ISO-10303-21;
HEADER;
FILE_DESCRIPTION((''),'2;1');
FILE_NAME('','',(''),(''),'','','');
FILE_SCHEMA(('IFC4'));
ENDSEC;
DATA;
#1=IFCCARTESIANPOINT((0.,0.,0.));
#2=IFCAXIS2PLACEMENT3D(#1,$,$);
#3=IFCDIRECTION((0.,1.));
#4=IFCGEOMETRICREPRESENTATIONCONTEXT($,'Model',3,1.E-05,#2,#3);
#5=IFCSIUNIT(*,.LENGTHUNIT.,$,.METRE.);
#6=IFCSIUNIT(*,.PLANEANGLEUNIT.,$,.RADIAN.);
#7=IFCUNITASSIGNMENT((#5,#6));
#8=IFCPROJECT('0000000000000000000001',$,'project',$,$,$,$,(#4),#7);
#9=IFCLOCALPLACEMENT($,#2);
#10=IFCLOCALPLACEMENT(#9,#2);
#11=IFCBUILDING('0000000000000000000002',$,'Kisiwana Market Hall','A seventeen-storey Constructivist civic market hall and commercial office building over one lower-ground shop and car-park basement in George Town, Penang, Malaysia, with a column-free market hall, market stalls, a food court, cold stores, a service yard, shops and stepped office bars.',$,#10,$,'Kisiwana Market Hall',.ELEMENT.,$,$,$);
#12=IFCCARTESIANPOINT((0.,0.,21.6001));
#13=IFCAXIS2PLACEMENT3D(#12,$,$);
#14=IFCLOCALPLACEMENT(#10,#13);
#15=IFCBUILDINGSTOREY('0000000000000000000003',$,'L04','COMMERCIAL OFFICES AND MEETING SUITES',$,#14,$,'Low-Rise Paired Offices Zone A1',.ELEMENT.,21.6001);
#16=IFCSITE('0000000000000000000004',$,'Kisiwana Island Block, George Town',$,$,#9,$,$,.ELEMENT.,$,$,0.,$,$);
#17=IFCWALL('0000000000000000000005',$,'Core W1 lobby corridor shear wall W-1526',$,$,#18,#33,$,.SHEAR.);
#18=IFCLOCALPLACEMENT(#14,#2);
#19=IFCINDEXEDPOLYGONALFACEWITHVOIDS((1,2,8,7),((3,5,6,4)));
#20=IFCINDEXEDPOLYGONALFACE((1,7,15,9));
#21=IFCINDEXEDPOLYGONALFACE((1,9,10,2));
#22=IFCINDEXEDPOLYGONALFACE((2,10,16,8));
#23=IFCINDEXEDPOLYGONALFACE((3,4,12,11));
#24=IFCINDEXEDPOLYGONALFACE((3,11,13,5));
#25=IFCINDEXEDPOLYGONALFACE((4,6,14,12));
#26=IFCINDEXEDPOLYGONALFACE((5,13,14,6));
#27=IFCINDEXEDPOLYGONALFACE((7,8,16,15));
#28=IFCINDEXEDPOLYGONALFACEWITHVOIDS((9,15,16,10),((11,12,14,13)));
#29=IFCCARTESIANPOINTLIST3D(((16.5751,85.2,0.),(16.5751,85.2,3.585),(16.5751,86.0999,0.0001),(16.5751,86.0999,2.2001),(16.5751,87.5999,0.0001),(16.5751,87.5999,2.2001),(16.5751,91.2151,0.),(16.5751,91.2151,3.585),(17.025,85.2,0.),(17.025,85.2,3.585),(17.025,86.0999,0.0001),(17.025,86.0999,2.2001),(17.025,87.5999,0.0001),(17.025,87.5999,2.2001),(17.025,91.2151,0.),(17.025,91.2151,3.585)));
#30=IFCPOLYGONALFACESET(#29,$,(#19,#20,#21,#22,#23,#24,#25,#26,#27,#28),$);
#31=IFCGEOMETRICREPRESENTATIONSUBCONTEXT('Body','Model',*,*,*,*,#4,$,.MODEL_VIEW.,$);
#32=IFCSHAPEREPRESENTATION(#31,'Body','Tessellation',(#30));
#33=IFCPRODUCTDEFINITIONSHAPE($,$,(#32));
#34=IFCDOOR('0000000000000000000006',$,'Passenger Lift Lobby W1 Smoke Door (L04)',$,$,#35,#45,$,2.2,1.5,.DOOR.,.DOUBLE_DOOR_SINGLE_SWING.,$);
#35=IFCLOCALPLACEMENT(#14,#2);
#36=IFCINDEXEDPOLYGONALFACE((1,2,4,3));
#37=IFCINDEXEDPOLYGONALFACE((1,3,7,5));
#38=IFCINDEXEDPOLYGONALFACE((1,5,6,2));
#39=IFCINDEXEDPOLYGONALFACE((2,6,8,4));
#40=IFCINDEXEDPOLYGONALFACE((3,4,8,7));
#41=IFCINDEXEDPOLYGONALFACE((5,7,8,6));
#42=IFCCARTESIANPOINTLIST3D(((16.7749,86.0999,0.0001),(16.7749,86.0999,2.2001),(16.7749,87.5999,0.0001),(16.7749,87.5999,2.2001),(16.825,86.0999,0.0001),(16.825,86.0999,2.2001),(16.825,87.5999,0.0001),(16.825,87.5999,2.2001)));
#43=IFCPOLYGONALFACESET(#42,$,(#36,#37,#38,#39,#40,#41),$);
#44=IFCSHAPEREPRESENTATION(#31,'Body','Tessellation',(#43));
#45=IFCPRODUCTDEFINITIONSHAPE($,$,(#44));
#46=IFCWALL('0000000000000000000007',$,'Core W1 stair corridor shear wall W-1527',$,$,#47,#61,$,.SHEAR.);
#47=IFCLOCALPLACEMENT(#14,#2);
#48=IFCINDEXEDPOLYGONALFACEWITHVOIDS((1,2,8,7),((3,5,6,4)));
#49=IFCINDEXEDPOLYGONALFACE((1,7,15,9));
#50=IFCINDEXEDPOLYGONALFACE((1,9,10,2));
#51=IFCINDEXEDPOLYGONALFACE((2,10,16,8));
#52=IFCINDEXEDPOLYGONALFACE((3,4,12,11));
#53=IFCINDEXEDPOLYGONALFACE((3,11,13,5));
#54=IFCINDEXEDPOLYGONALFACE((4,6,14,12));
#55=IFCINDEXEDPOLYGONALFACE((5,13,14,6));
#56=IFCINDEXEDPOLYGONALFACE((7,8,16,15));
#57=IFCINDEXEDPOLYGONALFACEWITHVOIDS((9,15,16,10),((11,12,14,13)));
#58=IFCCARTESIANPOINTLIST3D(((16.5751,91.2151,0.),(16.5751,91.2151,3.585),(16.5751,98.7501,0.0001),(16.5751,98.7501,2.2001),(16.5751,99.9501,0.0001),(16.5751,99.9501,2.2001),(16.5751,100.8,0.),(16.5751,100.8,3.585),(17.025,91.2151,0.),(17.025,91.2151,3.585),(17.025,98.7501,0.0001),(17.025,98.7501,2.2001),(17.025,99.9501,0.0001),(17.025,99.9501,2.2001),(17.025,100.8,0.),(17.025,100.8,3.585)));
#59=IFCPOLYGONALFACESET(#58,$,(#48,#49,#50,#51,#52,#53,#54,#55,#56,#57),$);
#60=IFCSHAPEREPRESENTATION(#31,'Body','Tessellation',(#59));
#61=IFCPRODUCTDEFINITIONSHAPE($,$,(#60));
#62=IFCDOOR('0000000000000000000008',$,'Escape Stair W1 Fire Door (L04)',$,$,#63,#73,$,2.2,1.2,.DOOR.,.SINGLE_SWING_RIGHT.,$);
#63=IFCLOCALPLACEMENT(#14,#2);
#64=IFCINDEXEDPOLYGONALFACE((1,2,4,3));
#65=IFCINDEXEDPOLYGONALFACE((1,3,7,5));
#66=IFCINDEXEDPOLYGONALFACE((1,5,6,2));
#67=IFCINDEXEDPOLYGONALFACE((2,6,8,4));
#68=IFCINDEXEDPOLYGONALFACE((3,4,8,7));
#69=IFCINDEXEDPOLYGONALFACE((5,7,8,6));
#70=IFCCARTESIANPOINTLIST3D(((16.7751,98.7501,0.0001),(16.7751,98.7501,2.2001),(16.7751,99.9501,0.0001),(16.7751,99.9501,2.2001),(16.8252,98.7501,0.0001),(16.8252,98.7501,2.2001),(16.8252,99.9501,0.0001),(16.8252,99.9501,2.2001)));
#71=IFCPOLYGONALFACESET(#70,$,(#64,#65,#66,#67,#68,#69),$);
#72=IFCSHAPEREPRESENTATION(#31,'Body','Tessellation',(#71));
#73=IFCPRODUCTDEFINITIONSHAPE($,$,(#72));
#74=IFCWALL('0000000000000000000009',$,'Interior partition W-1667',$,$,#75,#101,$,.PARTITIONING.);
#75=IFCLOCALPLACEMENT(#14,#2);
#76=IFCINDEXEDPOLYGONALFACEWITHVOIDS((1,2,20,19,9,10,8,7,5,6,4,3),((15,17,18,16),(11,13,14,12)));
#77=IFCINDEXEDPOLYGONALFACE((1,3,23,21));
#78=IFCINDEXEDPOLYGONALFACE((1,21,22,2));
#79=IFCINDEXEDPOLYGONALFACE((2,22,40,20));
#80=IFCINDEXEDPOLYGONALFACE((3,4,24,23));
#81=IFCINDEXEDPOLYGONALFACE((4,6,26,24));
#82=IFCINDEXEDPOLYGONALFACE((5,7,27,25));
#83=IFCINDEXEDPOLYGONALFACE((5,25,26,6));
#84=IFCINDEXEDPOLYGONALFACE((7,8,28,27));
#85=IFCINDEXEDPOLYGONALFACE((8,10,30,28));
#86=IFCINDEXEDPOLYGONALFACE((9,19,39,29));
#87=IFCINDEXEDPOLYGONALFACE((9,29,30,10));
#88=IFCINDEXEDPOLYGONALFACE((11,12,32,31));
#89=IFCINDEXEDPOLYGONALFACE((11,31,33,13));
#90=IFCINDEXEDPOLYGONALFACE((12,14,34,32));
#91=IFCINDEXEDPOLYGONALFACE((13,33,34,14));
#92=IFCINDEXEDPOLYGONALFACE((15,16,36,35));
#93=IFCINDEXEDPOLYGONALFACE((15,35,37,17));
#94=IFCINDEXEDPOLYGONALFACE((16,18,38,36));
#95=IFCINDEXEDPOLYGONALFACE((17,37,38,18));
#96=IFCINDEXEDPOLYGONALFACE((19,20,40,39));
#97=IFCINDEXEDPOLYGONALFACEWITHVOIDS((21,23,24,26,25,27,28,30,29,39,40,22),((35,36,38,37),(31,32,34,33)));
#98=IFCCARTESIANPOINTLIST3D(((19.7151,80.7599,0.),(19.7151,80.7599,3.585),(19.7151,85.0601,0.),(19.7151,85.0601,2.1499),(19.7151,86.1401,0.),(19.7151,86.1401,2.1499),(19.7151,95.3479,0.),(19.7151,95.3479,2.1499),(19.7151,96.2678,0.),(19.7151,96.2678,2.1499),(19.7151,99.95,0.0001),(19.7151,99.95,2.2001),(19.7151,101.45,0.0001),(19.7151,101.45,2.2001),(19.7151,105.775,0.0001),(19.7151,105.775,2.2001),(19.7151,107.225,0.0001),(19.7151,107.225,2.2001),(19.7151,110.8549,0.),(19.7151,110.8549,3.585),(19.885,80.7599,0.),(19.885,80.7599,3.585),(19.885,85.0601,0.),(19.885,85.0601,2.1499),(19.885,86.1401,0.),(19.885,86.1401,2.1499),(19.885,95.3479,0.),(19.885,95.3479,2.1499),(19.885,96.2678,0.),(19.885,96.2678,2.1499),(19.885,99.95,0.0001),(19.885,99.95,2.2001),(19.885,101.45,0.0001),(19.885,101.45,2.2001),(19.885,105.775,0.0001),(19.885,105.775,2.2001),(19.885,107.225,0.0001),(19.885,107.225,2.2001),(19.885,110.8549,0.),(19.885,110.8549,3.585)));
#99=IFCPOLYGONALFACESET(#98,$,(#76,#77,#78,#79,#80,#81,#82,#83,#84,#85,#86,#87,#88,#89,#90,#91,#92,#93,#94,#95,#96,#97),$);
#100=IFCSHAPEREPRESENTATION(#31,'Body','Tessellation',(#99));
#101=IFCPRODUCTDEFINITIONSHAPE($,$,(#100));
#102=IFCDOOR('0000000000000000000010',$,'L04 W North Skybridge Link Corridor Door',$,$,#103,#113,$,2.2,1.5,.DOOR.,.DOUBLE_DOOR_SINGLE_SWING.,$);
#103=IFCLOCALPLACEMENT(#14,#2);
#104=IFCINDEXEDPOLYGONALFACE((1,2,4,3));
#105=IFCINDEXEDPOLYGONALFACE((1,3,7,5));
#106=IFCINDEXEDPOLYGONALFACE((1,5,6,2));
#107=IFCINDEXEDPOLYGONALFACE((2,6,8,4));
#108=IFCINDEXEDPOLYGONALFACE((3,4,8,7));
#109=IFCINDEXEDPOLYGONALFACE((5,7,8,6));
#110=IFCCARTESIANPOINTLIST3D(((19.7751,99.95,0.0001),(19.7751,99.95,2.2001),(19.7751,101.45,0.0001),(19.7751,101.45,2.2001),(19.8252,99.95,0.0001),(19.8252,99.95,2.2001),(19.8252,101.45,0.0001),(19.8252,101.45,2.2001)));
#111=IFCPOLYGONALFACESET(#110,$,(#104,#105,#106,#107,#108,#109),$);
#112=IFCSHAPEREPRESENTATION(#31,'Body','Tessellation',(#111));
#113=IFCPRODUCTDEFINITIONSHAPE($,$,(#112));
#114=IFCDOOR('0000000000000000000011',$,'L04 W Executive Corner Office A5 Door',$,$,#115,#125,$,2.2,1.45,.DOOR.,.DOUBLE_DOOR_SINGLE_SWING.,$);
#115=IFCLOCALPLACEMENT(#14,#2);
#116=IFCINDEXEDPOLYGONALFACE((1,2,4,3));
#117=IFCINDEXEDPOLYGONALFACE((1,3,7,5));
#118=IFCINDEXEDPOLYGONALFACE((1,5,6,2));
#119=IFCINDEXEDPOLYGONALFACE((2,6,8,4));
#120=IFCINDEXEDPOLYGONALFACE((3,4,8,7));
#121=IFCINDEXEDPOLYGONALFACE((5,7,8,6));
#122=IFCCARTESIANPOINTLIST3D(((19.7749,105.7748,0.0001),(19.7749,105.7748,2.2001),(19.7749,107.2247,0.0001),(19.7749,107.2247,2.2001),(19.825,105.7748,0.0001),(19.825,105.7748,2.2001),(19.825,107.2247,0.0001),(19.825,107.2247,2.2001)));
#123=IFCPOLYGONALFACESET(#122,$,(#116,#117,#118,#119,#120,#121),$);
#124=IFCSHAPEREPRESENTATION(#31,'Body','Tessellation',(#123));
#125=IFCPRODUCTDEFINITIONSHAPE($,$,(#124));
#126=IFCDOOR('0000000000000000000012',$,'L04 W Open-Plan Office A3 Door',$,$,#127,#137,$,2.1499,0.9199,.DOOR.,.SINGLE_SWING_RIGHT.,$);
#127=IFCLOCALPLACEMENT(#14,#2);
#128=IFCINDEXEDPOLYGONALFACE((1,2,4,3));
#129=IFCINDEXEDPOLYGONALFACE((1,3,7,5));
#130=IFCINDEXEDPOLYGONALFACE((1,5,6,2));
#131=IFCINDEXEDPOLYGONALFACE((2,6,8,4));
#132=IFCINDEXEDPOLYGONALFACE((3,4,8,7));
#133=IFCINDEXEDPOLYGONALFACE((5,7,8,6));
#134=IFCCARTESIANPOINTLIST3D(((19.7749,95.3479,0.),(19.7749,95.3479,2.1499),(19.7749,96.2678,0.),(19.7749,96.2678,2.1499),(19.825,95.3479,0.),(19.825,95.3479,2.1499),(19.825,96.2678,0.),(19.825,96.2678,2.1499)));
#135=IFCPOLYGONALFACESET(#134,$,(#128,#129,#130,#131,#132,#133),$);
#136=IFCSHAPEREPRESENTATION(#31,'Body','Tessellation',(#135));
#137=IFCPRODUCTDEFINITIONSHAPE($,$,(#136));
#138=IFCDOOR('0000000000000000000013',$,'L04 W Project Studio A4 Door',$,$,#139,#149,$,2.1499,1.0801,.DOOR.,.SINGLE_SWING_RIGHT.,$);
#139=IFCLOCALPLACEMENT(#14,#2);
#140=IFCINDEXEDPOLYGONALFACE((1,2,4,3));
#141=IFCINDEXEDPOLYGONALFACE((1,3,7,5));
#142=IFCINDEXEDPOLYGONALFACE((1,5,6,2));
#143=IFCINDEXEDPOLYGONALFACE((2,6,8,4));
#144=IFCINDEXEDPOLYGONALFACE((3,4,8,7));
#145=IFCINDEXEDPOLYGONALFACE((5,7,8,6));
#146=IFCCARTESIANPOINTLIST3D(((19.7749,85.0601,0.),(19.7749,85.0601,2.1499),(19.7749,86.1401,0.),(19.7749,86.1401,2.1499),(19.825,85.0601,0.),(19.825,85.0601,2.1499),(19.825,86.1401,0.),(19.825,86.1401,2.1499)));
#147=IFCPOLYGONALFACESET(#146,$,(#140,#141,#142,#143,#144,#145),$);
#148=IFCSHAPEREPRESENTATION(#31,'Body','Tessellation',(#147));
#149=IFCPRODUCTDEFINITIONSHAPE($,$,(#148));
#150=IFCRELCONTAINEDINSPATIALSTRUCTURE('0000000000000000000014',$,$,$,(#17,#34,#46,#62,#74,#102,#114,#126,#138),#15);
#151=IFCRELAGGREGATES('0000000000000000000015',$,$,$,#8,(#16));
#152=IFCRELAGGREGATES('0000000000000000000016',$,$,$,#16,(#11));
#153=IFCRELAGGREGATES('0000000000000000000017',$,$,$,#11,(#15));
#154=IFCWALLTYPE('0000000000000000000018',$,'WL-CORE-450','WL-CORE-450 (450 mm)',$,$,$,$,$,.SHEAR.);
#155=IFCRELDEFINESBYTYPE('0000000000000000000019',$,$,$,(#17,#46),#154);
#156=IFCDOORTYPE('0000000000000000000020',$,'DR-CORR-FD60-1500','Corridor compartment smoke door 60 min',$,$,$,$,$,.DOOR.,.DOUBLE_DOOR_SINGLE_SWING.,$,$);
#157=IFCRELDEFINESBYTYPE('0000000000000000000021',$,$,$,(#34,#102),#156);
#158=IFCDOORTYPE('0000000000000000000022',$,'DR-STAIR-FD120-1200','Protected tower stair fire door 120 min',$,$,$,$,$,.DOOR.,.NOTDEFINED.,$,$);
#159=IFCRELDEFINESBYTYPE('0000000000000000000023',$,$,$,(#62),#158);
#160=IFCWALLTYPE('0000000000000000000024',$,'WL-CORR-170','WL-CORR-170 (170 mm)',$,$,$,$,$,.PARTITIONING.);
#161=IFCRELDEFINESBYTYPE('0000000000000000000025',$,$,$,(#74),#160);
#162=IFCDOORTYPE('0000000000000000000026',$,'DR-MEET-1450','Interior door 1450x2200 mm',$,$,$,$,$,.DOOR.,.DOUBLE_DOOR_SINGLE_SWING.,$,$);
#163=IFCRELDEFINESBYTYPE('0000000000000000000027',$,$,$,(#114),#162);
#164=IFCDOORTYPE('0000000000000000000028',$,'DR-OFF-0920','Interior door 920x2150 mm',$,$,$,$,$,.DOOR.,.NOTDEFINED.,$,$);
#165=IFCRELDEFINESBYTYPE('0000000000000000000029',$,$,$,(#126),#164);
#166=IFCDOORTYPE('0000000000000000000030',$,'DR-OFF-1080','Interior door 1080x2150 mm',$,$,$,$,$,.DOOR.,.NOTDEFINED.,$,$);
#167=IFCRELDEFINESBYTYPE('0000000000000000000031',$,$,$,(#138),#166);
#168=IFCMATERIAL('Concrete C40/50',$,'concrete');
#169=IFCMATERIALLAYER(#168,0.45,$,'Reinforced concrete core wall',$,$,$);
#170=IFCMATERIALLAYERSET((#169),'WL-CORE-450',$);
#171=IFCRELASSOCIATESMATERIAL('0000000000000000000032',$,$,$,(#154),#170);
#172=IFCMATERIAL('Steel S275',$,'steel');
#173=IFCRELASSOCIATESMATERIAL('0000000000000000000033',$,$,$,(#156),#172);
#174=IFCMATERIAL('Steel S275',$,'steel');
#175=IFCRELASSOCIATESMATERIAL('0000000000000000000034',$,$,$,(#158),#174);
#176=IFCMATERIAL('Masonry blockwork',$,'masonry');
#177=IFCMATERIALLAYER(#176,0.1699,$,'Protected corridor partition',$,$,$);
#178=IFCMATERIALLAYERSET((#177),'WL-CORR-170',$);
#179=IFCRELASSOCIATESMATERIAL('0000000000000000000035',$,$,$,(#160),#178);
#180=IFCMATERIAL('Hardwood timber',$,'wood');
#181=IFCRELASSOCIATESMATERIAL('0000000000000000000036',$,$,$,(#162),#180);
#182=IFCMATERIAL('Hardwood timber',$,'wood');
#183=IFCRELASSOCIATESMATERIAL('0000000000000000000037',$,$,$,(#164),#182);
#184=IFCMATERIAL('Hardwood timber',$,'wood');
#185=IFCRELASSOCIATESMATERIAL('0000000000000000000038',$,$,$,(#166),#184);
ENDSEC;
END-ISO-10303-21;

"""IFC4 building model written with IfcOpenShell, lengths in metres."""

from ifc_helpers import new_model, si_unit, direction, frame, frame_2d, origin, place, context, subcontext, project, spatial, rectangle, extrude, material, layer, layer_set, type_object, element, fill, save


model = new_model("IFC4")

# Units and contexts
model_context = context("Model", 3, precision=1e-05, world=origin(), true_north=direction((0.0, 1.0)))
body_context = subcontext(model_context, "Body", "Model", "MODEL_VIEW")
ifc_project = project(units=[si_unit("LENGTHUNIT", "METRE"), si_unit("PLANEANGLEUNIT", "RADIAN")], contexts=[model_context])

# Site, building, storey
site_placement = place(None, origin())
site = spatial("IfcSite", under=ifc_project, at=site_placement, Name="Kisiwana Island Block, George Town", CompositionType="ELEMENT", RefElevation=0.0)
building_placement = place(site_placement, origin())
building = spatial("IfcBuilding", under=site, at=building_placement, Name="Kisiwana Market Hall", Description="A seventeen-storey Constructivist civic market hall and commercial office building over one lower-ground shop and car-park basement in George Town, Penang, Malaysia, with a column-free market hall, market stalls, a food court, cold stores, a service yard, shops and stepped office bars.", LongName="Kisiwana Market Hall", CompositionType="ELEMENT")
storey_placement = place(building_placement, frame((0.0, 0.0, 21.6001)))
storey = spatial("IfcBuildingStorey", under=building, at=storey_placement, Name="L04", Description="COMMERCIAL OFFICES AND MEETING SUITES", LongName="Low-Rise Paired Offices Zone A1", CompositionType="ELEMENT", Elevation=21.6001)

# Walls, openings, doors
ifc_material_1 = material(Name="Concrete C40/50", Category="concrete")
ifc_layer_1 = layer(ifc_material_1, 0.45, Name="Reinforced concrete core wall")
ifc_layer_set_1 = layer_set([ifc_layer_1], Name="WL-CORE-450")
wall_type_1 = type_object("IfcWallType", Name="WL-CORE-450", Description="WL-CORE-450 (450 mm)", PredefinedType="SHEAR", material=ifc_layer_set_1)
wall_1_placement = place(storey_placement, frame((16.8, 85.2, 0.0), z_axis=(0.0, 0.0, 1.0), x_axis=(0.0, 1.0, 0.0)))
wall_1 = element("IfcWall", 1, at=wall_1_placement, inside=storey, type_object=wall_type_1, Name="Core W1 lobby corridor shear wall W-1526", PredefinedType="SHEAR", context=body_context, shape_type="SweptSolid", body=[
    extrude(rectangle(XDim=6.0151, YDim=0.45, at=frame_2d((3.0076, 0.0))), origin(), (0.0, 0.0, 1.0), 3.585),
])
opening_1_placement = place(wall_1_placement, frame((0.8999, 0.0, 0.0)))
opening_1 = element("IfcOpeningElement", 2, at=opening_1_placement, cuts=wall_1, PredefinedType="OPENING", context=body_context, shape_type="SweptSolid", body=[
    extrude(rectangle(XDim=1.5, YDim=2.2, at=frame_2d((0.75, 1.1001))), frame((0.0, 0.2368, 0.0), z_axis=(0.0, -1.0, 0.0), x_axis=(1.0, 0.0, 0.0)), (0.0, 0.0, 1.0), 0.4739),
])
ifc_material_2 = material(Name="Steel S275", Category="steel")
door_type_1 = type_object("IfcDoorType", Name="DR-CORR-FD60-1500", Description="Corridor compartment smoke door 60 min", OperationType="DOUBLE_DOOR_SINGLE_SWING", PredefinedType="DOOR", material=ifc_material_2)
door_1_placement = place(opening_1_placement, frame((1.5, 0.0, 0.0), z_axis=(0.0, 0.0, 1.0), x_axis=(-1.0, 0.0, 0.0)))
door_1 = element("IfcDoor", 3, at=door_1_placement, inside=storey, type_object=door_type_1, Name="Passenger Lift Lobby W1 Smoke Door (L04)", OperationType="DOUBLE_DOOR_SINGLE_SWING", OverallHeight=2.2, OverallWidth=1.5, PredefinedType="DOOR", context=body_context, shape_type="SweptSolid", body=[
    extrude(rectangle(XDim=1.5, YDim=2.2, at=frame_2d((0.75, 1.1001))), frame((0.0, 0.0249, 0.0), z_axis=(0.0, -1.0, 0.0), x_axis=(1.0, 0.0, 0.0)), (0.0, 0.0, 1.0), 0.05),
])
fill(opening_1, door_1)
wall_2_placement = place(storey_placement, frame((16.8, 91.2151, 0.0), z_axis=(0.0, 0.0, 1.0), x_axis=(0.0, 1.0, 0.0)))
wall_2 = element("IfcWall", 4, at=wall_2_placement, inside=storey, type_object=wall_type_1, Name="Core W1 stair corridor shear wall W-1527", PredefinedType="SHEAR", context=body_context, shape_type="SweptSolid", body=[
    extrude(rectangle(XDim=9.585, YDim=0.45, at=frame_2d((4.7925, 0.0))), origin(), (0.0, 0.0, 1.0), 3.585),
])
opening_2_placement = place(wall_2_placement, frame((7.5349, 0.0, 0.0)))
opening_2 = element("IfcOpeningElement", 5, at=opening_2_placement, cuts=wall_2, PredefinedType="OPENING", context=body_context, shape_type="SweptSolid", body=[
    extrude(rectangle(XDim=1.2, YDim=2.2, at=frame_2d((0.6001, 1.1001))), frame((0.0, 0.2368, 0.0), z_axis=(0.0, -1.0, 0.0), x_axis=(1.0, 0.0, 0.0)), (0.0, 0.0, 1.0), 0.4739),
])
ifc_material_3 = material(Name="Steel S275", Category="steel")
door_type_2 = type_object("IfcDoorType", Name="DR-STAIR-FD120-1200", Description="Protected tower stair fire door 120 min", OperationType="NOTDEFINED", PredefinedType="DOOR", material=ifc_material_3)
door_2_placement = place(opening_2_placement, origin())
door_2 = element("IfcDoor", 6, at=door_2_placement, inside=storey, type_object=door_type_2, Name="Escape Stair W1 Fire Door (L04)", OperationType="SINGLE_SWING_RIGHT", OverallHeight=2.2, OverallWidth=1.2, PredefinedType="DOOR", context=body_context, shape_type="SweptSolid", body=[
    extrude(rectangle(XDim=1.2, YDim=2.2, at=frame_2d((0.6001, 1.1001))), frame((0.0, 0.0249, 0.0), z_axis=(0.0, -1.0, 0.0), x_axis=(1.0, 0.0, 0.0)), (0.0, 0.0, 1.0), 0.05),
])
fill(opening_2, door_2)

# Wall, openings, doors
ifc_material_4 = material(Name="Masonry blockwork", Category="masonry")
ifc_layer_2 = layer(ifc_material_4, 0.1699, Name="Protected corridor partition")
ifc_layer_set_2 = layer_set([ifc_layer_2], Name="WL-CORR-170")
wall_type_2 = type_object("IfcWallType", Name="WL-CORR-170", Description="WL-CORR-170 (170 mm)", PredefinedType="PARTITIONING", material=ifc_layer_set_2)
wall_3_placement = place(storey_placement, frame((19.8, 80.76, 0.0), z_axis=(0.0, 0.0, 1.0), x_axis=(0.0, 1.0, 0.0)))
wall_3 = element("IfcWall", 7, at=wall_3_placement, inside=storey, type_object=wall_type_2, Name="Interior partition W-1667", PredefinedType="PARTITIONING", context=body_context, shape_type="SweptSolid", body=[
    extrude(rectangle(XDim=30.095, YDim=0.1699, at=frame_2d((15.0474, 0.0))), origin(), (0.0, 0.0, 1.0), 3.585),
])
opening_3_placement = place(wall_3_placement, frame((4.3, 0.0, 0.0)))
opening_3 = element("IfcOpeningElement", 8, at=opening_3_placement, cuts=wall_3, PredefinedType="OPENING", context=body_context, shape_type="SweptSolid", body=[
    extrude(rectangle(XDim=1.0801, YDim=2.1499, at=frame_2d((0.54, 1.075))), frame((0.0, 0.0969, 0.0), z_axis=(0.0, -1.0, 0.0), x_axis=(1.0, 0.0, 0.0)), (0.0, 0.0, 1.0), 0.1938),
])
opening_4_placement = place(wall_3_placement, frame((19.1899, 0.0, 0.0)))
opening_4 = element("IfcOpeningElement", 9, at=opening_4_placement, cuts=wall_3, PredefinedType="OPENING", context=body_context, shape_type="SweptSolid", body=[
    extrude(rectangle(XDim=1.5, YDim=2.2, at=frame_2d((0.75, 1.1001))), frame((0.0, 0.0969, 0.0), z_axis=(0.0, -1.0, 0.0), x_axis=(1.0, 0.0, 0.0)), (0.0, 0.0, 1.0), 0.1938),
])
opening_5_placement = place(wall_3_placement, frame((25.0149, 0.0, 0.0)))
opening_5 = element("IfcOpeningElement", 10, at=opening_5_placement, cuts=wall_3, PredefinedType="OPENING", context=body_context, shape_type="SweptSolid", body=[
    extrude(rectangle(XDim=1.45, YDim=2.2, at=frame_2d((0.7251, 1.1001))), frame((0.0, 0.0969, 0.0), z_axis=(0.0, -1.0, 0.0), x_axis=(1.0, 0.0, 0.0)), (0.0, 0.0, 1.0), 0.1938),
])
opening_6_placement = place(wall_3_placement, frame((14.5879, 0.0, 0.0)))
opening_6 = element("IfcOpeningElement", 11, at=opening_6_placement, cuts=wall_3, PredefinedType="OPENING", context=body_context, shape_type="SweptSolid", body=[
    extrude(rectangle(XDim=0.9199, YDim=2.1499, at=frame_2d((0.46, 1.075))), frame((0.0, 0.0969, 0.0), z_axis=(0.0, -1.0, 0.0), x_axis=(1.0, 0.0, 0.0)), (0.0, 0.0, 1.0), 0.1938),
])
door_3_placement = place(opening_4_placement, origin())
door_3 = element("IfcDoor", 12, at=door_3_placement, inside=storey, type_object=door_type_1, Name="L04 W North Skybridge Link Corridor Door", OperationType="DOUBLE_DOOR_SINGLE_SWING", OverallHeight=2.2, OverallWidth=1.5, PredefinedType="DOOR", context=body_context, shape_type="SweptSolid", body=[
    extrude(rectangle(XDim=1.5, YDim=2.2, at=frame_2d((0.75, 1.1001))), frame((0.0, 0.0249, 0.0), z_axis=(0.0, -1.0, 0.0), x_axis=(1.0, 0.0, 0.0)), (0.0, 0.0, 1.0), 0.05),
])
fill(opening_4, door_3)
ifc_material_5 = material(Name="Hardwood timber", Category="wood")
door_type_3 = type_object("IfcDoorType", Name="DR-MEET-1450", Description="Interior door 1450x2200 mm", OperationType="DOUBLE_DOOR_SINGLE_SWING", PredefinedType="DOOR", material=ifc_material_5)
door_4_placement = place(opening_5_placement, frame((1.45, 0.0, 0.0), z_axis=(0.0, 0.0, 1.0), x_axis=(-1.0, 0.0, 0.0)))
door_4 = element("IfcDoor", 13, at=door_4_placement, inside=storey, type_object=door_type_3, Name="L04 W Executive Corner Office A5 Door", OperationType="DOUBLE_DOOR_SINGLE_SWING", OverallHeight=2.2, OverallWidth=1.45, PredefinedType="DOOR", context=body_context, shape_type="SweptSolid", body=[
    extrude(rectangle(XDim=1.45, YDim=2.2, at=frame_2d((0.7251, 1.1001))), frame((0.0, 0.0249, 0.0), z_axis=(0.0, -1.0, 0.0), x_axis=(1.0, 0.0, 0.0)), (0.0, 0.0, 1.0), 0.05),
])
fill(opening_5, door_4)
ifc_material_6 = material(Name="Hardwood timber", Category="wood")
door_type_4 = type_object("IfcDoorType", Name="DR-OFF-0920", Description="Interior door 920x2150 mm", OperationType="NOTDEFINED", PredefinedType="DOOR", material=ifc_material_6)
door_5_placement = place(opening_6_placement, frame((0.9199, 0.0, 0.0), z_axis=(0.0, 0.0, 1.0), x_axis=(-1.0, 0.0, 0.0)))
door_5 = element("IfcDoor", 14, at=door_5_placement, inside=storey, type_object=door_type_4, Name="L04 W Open-Plan Office A3 Door", OperationType="SINGLE_SWING_RIGHT", OverallHeight=2.1499, OverallWidth=0.9199, PredefinedType="DOOR", context=body_context, shape_type="SweptSolid", body=[
    extrude(rectangle(XDim=0.9199, YDim=2.1499, at=frame_2d((0.46, 1.075))), frame((0.0, 0.0249, 0.0), z_axis=(0.0, -1.0, 0.0), x_axis=(1.0, 0.0, 0.0)), (0.0, 0.0, 1.0), 0.05),
])
fill(opening_6, door_5)
ifc_material_7 = material(Name="Hardwood timber", Category="wood")
door_type_5 = type_object("IfcDoorType", Name="DR-OFF-1080", Description="Interior door 1080x2150 mm", OperationType="NOTDEFINED", PredefinedType="DOOR", material=ifc_material_7)
door_6_placement = place(opening_3_placement, frame((1.0801, 0.0, 0.0), z_axis=(0.0, 0.0, 1.0), x_axis=(-1.0, 0.0, 0.0)))
door_6 = element("IfcDoor", 15, at=door_6_placement, inside=storey, type_object=door_type_5, Name="L04 W Project Studio A4 Door", OperationType="SINGLE_SWING_RIGHT", OverallHeight=2.1499, OverallWidth=1.0801, PredefinedType="DOOR", context=body_context, shape_type="SweptSolid", body=[
    extrude(rectangle(XDim=1.0801, YDim=2.1499, at=frame_2d((0.54, 1.075))), frame((0.0, 0.0249, 0.0), z_axis=(0.0, -1.0, 0.0), x_axis=(1.0, 0.0, 0.0)), (0.0, 0.0, 1.0), 0.05),
])
fill(opening_3, door_6)

save(model, "model.ifc")
